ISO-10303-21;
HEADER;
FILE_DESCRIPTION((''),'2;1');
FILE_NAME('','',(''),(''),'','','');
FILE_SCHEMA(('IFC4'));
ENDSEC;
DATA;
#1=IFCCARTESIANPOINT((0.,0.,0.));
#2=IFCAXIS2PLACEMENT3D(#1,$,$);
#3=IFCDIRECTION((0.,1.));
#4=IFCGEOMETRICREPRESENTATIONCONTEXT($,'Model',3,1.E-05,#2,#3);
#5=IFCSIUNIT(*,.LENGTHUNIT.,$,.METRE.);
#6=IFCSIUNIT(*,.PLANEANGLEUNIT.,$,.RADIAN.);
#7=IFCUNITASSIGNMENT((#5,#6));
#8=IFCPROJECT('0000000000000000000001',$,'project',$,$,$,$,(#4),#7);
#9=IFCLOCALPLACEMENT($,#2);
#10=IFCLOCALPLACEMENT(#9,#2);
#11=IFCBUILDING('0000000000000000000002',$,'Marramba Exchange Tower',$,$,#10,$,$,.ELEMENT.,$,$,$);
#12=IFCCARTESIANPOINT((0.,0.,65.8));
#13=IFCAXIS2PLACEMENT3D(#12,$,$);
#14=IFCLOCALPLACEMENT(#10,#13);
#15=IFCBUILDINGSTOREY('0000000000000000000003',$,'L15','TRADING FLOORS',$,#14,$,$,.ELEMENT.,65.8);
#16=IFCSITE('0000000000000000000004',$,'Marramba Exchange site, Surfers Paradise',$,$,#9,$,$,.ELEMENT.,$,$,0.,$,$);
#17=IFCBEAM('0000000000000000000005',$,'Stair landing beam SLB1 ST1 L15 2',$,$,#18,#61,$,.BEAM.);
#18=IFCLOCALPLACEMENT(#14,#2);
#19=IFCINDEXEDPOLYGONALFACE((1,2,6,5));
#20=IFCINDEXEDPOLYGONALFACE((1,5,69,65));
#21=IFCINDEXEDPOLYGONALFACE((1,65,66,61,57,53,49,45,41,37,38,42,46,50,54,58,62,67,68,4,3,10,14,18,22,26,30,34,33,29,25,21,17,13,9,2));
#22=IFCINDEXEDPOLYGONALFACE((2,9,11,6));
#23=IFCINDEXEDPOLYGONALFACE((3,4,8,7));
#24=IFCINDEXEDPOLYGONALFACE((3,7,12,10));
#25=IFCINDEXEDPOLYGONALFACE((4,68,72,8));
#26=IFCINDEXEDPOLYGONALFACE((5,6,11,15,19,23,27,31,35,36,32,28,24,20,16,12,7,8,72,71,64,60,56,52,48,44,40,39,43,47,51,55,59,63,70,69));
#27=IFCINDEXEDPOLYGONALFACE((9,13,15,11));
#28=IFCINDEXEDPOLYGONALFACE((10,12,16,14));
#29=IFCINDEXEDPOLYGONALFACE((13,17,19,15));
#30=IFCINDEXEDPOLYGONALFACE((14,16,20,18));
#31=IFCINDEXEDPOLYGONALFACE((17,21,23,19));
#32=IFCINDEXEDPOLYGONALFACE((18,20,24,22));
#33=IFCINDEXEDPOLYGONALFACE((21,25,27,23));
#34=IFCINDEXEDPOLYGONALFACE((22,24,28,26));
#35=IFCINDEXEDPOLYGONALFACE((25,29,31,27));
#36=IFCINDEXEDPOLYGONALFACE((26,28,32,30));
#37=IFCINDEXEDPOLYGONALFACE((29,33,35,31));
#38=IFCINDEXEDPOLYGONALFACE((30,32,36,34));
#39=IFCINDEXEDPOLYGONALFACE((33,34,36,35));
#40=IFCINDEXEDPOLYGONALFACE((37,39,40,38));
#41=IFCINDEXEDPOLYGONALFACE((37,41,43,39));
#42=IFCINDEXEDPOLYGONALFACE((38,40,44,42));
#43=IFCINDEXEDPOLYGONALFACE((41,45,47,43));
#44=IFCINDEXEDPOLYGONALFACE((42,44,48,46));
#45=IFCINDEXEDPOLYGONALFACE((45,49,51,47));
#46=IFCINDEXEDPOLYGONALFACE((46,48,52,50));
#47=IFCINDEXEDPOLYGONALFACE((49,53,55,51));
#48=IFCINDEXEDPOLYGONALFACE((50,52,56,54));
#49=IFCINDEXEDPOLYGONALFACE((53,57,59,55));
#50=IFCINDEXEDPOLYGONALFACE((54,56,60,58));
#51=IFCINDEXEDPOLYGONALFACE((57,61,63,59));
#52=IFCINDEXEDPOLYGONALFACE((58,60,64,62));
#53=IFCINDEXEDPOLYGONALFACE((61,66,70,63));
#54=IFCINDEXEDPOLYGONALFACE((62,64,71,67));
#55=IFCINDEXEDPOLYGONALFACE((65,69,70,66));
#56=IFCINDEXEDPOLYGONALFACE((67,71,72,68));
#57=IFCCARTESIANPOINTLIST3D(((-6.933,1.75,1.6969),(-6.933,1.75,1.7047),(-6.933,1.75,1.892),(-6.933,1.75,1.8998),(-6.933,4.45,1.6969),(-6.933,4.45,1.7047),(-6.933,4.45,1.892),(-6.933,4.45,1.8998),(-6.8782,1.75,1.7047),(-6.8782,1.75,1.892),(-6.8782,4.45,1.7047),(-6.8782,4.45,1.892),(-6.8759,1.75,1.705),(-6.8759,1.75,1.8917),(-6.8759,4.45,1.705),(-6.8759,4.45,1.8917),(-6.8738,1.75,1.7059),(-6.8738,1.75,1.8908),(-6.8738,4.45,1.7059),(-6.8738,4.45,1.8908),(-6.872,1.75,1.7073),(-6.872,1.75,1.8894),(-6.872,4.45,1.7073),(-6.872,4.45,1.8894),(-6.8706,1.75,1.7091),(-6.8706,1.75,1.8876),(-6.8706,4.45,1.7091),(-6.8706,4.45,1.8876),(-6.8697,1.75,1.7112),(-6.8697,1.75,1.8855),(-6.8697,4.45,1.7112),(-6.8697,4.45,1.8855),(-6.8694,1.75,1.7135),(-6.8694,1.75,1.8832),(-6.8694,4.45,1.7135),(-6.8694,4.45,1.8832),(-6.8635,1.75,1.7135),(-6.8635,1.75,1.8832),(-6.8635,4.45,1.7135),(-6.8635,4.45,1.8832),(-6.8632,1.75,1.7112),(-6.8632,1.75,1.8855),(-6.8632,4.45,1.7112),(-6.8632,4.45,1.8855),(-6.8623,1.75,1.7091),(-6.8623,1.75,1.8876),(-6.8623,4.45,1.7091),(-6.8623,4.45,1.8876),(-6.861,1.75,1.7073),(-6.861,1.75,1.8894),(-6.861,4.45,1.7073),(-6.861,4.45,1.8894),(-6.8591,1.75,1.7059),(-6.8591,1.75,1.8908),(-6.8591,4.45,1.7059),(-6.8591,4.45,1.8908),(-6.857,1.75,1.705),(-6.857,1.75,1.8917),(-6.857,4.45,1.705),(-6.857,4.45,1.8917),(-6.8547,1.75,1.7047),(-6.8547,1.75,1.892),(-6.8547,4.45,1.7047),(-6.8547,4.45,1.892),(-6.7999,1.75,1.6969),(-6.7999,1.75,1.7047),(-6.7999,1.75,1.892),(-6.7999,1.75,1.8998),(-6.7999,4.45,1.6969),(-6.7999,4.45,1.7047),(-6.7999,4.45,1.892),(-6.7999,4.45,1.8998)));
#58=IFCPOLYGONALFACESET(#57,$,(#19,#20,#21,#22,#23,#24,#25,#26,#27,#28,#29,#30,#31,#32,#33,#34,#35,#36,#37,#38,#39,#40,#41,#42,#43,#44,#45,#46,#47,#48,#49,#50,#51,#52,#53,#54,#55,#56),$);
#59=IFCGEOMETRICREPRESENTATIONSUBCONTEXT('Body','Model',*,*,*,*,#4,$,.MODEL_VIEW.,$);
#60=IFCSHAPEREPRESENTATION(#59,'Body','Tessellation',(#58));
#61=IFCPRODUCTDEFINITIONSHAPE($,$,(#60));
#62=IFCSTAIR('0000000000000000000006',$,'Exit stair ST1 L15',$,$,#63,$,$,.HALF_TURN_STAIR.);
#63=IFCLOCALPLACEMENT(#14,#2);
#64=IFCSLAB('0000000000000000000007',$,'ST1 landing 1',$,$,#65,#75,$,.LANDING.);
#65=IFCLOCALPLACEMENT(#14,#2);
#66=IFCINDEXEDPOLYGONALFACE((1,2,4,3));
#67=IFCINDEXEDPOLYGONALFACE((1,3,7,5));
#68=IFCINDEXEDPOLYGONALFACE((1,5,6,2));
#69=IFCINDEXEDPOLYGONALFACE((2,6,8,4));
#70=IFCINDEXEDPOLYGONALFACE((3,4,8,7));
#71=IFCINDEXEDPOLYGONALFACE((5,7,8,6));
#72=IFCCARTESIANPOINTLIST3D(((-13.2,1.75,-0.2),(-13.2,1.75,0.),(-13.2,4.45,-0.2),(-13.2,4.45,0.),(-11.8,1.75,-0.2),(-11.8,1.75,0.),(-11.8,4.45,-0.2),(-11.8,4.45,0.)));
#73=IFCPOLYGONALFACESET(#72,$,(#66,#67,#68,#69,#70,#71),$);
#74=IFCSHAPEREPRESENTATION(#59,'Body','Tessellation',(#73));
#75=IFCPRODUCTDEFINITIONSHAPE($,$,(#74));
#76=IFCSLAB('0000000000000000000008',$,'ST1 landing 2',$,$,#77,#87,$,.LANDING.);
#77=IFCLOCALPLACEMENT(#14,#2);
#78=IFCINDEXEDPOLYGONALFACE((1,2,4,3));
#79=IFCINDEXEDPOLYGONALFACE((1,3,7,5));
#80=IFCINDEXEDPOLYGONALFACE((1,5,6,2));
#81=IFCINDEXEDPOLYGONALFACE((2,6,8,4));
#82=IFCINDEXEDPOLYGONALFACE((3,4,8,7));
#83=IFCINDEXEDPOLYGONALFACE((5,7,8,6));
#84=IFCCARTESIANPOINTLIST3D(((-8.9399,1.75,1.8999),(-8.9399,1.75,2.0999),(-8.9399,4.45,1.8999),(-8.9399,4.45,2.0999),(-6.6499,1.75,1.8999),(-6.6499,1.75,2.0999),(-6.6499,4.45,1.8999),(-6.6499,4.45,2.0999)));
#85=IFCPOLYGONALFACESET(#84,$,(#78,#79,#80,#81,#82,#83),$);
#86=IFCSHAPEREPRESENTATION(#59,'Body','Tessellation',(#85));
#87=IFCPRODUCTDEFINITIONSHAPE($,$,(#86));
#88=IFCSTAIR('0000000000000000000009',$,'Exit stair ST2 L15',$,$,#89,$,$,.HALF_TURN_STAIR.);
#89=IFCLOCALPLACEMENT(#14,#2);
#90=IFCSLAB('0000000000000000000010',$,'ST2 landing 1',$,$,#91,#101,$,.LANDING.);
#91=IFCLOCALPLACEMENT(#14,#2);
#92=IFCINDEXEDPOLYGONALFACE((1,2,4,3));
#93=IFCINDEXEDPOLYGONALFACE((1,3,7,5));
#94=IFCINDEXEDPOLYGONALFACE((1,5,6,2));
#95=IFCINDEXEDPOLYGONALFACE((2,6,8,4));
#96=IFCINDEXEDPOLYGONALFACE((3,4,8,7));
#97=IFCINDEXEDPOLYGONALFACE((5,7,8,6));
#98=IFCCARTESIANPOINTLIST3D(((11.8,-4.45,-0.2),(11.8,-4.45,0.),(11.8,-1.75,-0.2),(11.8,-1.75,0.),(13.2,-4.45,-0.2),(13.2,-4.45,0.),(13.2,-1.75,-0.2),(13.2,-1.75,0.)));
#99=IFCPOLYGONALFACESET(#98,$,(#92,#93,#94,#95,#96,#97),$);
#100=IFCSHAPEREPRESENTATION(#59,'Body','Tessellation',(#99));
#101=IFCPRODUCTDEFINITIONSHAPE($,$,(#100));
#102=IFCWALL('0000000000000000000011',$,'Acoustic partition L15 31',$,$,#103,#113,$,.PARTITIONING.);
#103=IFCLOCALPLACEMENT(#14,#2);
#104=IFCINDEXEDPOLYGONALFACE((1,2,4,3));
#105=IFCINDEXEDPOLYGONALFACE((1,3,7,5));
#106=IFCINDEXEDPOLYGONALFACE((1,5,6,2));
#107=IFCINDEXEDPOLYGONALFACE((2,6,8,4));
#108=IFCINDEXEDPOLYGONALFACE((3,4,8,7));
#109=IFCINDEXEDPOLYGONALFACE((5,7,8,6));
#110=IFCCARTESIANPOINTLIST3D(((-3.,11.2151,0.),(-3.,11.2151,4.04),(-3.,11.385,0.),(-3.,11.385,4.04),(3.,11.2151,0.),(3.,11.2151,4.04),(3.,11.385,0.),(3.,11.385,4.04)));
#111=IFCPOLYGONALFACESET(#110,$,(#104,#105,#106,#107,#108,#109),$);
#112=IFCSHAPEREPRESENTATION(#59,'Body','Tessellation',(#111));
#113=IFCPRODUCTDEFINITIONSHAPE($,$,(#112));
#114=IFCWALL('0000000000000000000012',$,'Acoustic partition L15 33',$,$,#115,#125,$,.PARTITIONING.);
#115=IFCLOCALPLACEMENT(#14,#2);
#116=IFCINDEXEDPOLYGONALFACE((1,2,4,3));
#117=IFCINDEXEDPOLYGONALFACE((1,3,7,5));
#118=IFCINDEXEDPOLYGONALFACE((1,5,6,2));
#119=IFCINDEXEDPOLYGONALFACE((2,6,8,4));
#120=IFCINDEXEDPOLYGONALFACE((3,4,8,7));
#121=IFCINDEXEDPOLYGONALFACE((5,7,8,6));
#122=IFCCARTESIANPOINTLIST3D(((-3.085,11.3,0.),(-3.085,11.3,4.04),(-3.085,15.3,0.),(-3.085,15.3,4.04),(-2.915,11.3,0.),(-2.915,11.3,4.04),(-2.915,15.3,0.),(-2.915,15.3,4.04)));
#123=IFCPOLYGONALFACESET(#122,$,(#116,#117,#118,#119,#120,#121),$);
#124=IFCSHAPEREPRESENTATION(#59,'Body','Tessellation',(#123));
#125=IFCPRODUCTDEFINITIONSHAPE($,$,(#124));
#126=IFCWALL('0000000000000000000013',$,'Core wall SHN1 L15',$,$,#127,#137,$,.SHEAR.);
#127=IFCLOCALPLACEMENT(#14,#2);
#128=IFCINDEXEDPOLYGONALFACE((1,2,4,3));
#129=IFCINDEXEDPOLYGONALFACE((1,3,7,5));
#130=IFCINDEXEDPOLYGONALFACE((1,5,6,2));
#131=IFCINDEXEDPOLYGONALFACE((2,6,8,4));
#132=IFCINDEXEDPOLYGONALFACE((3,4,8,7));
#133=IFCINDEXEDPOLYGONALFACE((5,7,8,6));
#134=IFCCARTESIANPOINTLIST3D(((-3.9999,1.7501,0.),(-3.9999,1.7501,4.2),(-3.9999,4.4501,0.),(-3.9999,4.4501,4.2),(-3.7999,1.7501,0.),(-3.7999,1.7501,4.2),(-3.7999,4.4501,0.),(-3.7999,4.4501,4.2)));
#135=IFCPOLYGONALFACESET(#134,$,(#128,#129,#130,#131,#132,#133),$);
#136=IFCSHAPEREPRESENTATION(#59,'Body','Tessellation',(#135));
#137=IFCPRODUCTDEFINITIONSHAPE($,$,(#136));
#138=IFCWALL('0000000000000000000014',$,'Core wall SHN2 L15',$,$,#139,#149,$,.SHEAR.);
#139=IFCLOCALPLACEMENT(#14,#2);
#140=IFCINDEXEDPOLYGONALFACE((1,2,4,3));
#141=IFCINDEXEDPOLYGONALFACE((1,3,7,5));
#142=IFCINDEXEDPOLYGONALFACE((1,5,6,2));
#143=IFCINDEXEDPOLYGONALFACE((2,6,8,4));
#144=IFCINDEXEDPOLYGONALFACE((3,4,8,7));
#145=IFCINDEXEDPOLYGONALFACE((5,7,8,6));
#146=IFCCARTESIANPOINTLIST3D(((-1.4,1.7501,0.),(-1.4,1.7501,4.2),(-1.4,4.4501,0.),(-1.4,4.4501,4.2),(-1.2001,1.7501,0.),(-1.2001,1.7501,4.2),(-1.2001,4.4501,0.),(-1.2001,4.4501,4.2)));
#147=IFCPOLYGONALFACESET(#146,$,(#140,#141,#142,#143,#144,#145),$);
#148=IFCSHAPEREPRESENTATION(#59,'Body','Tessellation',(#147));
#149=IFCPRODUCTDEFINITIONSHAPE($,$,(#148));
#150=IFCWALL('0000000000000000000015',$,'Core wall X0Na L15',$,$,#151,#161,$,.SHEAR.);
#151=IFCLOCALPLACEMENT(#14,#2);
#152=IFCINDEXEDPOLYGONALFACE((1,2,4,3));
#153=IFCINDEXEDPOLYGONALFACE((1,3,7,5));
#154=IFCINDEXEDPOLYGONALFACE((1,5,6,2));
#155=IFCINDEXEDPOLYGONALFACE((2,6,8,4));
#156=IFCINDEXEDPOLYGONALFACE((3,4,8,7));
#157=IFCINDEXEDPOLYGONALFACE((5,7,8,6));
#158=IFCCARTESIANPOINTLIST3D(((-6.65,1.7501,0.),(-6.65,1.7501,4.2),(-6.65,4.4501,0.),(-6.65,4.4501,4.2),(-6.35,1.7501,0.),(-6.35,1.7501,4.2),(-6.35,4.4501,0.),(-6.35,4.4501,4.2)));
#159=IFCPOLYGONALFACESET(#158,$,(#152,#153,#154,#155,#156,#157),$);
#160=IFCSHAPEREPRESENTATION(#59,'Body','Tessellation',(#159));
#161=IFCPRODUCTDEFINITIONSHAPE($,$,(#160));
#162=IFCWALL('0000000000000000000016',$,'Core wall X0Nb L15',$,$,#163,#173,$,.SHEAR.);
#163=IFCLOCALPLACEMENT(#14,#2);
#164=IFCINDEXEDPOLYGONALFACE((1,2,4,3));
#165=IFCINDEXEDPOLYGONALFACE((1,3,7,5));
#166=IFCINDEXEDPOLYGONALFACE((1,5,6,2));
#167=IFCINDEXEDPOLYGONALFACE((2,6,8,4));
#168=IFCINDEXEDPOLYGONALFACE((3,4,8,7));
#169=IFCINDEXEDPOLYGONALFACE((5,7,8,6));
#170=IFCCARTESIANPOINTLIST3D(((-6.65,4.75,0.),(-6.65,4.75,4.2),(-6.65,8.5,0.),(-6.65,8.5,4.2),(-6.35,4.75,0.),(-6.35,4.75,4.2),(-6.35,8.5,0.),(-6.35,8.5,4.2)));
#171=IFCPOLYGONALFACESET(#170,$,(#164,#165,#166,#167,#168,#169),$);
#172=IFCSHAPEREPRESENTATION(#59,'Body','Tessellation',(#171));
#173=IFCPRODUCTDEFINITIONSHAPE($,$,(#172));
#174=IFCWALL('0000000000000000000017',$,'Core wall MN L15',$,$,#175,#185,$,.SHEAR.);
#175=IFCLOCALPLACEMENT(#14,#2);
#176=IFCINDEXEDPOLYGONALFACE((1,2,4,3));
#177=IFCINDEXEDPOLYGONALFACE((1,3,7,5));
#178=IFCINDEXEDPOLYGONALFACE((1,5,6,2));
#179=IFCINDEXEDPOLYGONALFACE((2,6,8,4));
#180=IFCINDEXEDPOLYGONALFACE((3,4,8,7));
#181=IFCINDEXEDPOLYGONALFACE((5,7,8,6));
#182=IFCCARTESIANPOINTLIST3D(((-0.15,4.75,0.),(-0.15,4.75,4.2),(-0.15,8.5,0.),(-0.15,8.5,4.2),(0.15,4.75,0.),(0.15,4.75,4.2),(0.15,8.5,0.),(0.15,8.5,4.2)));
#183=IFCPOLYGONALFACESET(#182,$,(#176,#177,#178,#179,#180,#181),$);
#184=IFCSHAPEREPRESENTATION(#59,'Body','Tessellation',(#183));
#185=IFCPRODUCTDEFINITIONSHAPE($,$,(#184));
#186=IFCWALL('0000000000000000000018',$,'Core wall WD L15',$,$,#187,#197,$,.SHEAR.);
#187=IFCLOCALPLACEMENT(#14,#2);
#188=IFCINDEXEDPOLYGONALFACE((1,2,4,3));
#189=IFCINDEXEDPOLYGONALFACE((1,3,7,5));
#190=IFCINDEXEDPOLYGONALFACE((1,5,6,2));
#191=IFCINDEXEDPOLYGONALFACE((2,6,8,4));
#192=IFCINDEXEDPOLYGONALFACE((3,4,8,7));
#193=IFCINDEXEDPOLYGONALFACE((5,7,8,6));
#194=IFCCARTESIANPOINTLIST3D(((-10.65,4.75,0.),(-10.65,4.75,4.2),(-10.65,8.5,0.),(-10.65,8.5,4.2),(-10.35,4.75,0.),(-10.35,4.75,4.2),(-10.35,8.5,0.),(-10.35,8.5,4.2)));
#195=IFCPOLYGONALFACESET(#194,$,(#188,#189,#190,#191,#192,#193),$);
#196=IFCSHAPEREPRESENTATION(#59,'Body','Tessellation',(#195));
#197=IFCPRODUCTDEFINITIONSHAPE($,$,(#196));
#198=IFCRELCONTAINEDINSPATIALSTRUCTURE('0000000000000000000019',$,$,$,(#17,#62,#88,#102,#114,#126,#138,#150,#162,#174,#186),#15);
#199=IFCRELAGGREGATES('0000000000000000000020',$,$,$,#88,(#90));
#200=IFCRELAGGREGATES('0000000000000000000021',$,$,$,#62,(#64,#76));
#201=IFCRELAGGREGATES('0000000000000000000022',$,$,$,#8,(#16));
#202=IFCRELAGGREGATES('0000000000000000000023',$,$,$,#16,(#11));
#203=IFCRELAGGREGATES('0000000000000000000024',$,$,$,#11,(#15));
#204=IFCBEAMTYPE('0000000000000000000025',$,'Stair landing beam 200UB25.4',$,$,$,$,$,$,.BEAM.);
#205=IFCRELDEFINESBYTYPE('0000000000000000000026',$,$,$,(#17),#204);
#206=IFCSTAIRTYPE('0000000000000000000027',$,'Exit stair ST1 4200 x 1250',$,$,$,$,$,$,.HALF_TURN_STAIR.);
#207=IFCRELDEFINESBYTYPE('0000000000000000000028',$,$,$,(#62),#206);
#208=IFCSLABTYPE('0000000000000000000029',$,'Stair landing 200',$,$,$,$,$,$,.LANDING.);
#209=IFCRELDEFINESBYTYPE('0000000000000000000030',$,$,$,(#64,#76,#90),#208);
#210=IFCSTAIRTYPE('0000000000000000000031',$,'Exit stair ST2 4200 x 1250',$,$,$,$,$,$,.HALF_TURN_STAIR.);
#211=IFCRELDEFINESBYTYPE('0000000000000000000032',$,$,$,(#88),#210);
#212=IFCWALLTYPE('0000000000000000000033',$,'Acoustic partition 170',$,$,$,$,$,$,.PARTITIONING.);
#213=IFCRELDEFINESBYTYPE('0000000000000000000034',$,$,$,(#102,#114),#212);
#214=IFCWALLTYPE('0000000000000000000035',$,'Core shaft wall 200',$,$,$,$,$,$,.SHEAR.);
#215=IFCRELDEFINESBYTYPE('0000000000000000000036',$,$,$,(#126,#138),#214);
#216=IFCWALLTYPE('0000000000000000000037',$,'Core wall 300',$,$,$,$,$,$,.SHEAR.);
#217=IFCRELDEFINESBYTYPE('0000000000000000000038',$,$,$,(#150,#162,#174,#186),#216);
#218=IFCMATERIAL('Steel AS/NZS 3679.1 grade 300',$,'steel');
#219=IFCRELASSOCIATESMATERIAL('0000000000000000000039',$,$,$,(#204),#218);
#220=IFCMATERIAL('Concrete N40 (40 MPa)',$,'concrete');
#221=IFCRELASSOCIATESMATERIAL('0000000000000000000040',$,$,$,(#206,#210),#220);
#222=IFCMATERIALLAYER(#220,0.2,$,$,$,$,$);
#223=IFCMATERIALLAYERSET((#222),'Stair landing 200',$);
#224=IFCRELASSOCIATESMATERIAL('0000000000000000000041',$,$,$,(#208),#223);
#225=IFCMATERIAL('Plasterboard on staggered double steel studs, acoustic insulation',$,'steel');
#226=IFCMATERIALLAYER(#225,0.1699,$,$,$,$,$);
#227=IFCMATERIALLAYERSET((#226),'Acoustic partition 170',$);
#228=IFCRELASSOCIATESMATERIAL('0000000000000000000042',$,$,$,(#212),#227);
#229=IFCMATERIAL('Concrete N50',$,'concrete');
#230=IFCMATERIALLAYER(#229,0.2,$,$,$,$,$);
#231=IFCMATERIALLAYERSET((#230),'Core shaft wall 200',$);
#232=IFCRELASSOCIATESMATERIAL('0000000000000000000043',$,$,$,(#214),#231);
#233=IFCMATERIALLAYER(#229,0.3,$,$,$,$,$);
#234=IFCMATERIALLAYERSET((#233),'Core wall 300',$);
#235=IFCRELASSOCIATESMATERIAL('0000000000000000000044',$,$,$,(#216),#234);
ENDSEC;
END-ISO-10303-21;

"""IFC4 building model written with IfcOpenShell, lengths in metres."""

from ifc_helpers import new_model, si_unit, direction, frame, frame_2d, origin, origin_2d, place, context, subcontext, project, spatial, polyline, rectangle, i_section, outline, extrude, material, layer, layer_set, material_profile, profile_set, type_object, element, aggregate, save


model = new_model("IFC4")

# Units and contexts
model_context = context("Model", 3, precision=1e-05, world=origin(), true_north=direction((0.0, 1.0)))
body_context = subcontext(model_context, "Body", "Model", "MODEL_VIEW")
ifc_project = project(units=[si_unit("LENGTHUNIT", "METRE"), si_unit("PLANEANGLEUNIT", "RADIAN")], contexts=[model_context])

# Site, building, storey
site_placement = place(None, origin())
site = spatial("IfcSite", under=ifc_project, at=site_placement, Name="Marramba Exchange site, Surfers Paradise", CompositionType="ELEMENT", RefElevation=0.0)
building_placement = place(site_placement, origin())
building = spatial("IfcBuilding", under=site, at=building_placement, Name="Marramba Exchange Tower", CompositionType="ELEMENT")
storey_placement = place(building_placement, frame((0.0, 0.0, 65.8)))
storey = spatial("IfcBuildingStorey", under=building, at=storey_placement, Name="L15", Description="TRADING FLOORS", CompositionType="ELEMENT", Elevation=65.8)

# Beam
ifc_material_1 = material(Name="Steel AS/NZS 3679.1 grade 300", Category="steel")
ifc_material_profile_1 = material_profile(ifc_material_1, i_section(OverallWidth=0.1331, OverallDepth=0.2029, WebThickness=0.0059, FlangeThickness=0.0078, FilletRadius=0.0088, at=origin_2d()), Name="200UB25.4")
ifc_profile_set_1 = profile_set([ifc_material_profile_1], Name="Steel AS/NZS 3679.1 grade 300")
beam_type_1 = type_object("IfcBeamType", Name="Stair landing beam 200UB25.4", PredefinedType="BEAM", material=ifc_profile_set_1)
for number, where, z_axis, x_axis, name in (
    (1, (-6.8665, 1.75, 1.7983), (0.0, 1.0, 0.0), (-1.0, 0.0, 0.0), "Stair landing beam SLB1 ST1 L15 2"),
):
    element("IfcBeam", number, at=place(storey_placement, frame(where, z_axis=z_axis, x_axis=x_axis)), inside=storey, type_object=beam_type_1, Name=name, PredefinedType="BEAM", context=body_context, shape_type="SweptSolid", body=[
        extrude(i_section(OverallWidth=0.1331, OverallDepth=0.2029, WebThickness=0.0059, FlangeThickness=0.0078, FilletRadius=0.0088, at=origin_2d()), origin(), (0.0, 0.0, 1.0), 2.7),
    ])

# Stair, slabs
ifc_material_2 = material(Name="Concrete N40 (40 MPa)", Category="concrete")
stair_type_1 = type_object("IfcStairType", Name="Exit stair ST1 4200 x 1250", PredefinedType="HALF_TURN_STAIR", material=ifc_material_2)
stair_1_placement = place(storey_placement, origin())
stair_1 = element("IfcStair", 2, at=stair_1_placement, inside=storey, type_object=stair_type_1, Name="Exit stair ST1 L15", PredefinedType="HALF_TURN_STAIR")
ifc_layer_1 = layer(ifc_material_2, 0.2)
ifc_layer_set_1 = layer_set([ifc_layer_1], Name="Stair landing 200")
slab_type = type_object("IfcSlabType", Name="Stair landing 200", PredefinedType="LANDING", material=ifc_layer_set_1)
slab_1_placement = place(storey_placement, frame((0.0, 0.0, -0.2)))
slab_1 = element("IfcSlab", 3, at=slab_1_placement, type_object=slab_type, Name="ST1 landing 1", PredefinedType="LANDING", context=body_context, shape_type="SweptSolid", body=[
    extrude(outline(polyline([(-13.2, 1.75), (-11.8, 1.75), (-11.8, 4.45), (-13.2, 4.45), (-13.2, 1.75)])), origin(), (0.0, 0.0, 1.0), 0.2),
])
slab_2_placement = place(storey_placement, frame((0.0, 0.0, 1.8999)))
slab_2 = element("IfcSlab", 4, at=slab_2_placement, type_object=slab_type, Name="ST1 landing 2", PredefinedType="LANDING", context=body_context, shape_type="SweptSolid", body=[
    extrude(outline(polyline([(-8.9399, 1.75), (-6.6499, 1.75), (-6.6499, 4.45), (-8.9399, 4.45), (-8.9399, 1.75)])), origin(), (0.0, 0.0, 1.0), 0.2),
])

# Stair, slab
stair_type_2 = type_object("IfcStairType", Name="Exit stair ST2 4200 x 1250", PredefinedType="HALF_TURN_STAIR", material=ifc_material_2)
stair_2_placement = place(storey_placement, origin())
stair_2 = element("IfcStair", 5, at=stair_2_placement, inside=storey, type_object=stair_type_2, Name="Exit stair ST2 L15", PredefinedType="HALF_TURN_STAIR")
slab_3_placement = place(storey_placement, frame((0.0, 0.0, -0.2)))
slab_3 = element("IfcSlab", 6, at=slab_3_placement, type_object=slab_type, Name="ST2 landing 1", PredefinedType="LANDING", context=body_context, shape_type="SweptSolid", body=[
    extrude(outline(polyline([(11.8, -4.45), (13.2, -4.45), (13.2, -1.75), (11.8, -1.75), (11.8, -4.45)])), origin(), (0.0, 0.0, 1.0), 0.2),
])
aggregate(stair_2, [slab_3])

# Walls
ifc_material_3 = material(Name="Plasterboard on staggered double steel studs, acoustic insulation", Category="steel")
ifc_layer_2 = layer(ifc_material_3, 0.1699)
ifc_layer_set_2 = layer_set([ifc_layer_2], Name="Acoustic partition 170")
wall_type_1 = type_object("IfcWallType", Name="Acoustic partition 170", PredefinedType="PARTITIONING", material=ifc_layer_set_2)
wall_1_placement = place(storey_placement, frame((-3.0, 11.3, 0.0), z_axis=(0.0, 0.0, 1.0), x_axis=(1.0, 0.0, 0.0)))
element("IfcWall", 7, at=wall_1_placement, inside=storey, type_object=wall_type_1, Name="Acoustic partition L15 31", PredefinedType="PARTITIONING", context=body_context, shape_type="SweptSolid", body=[
    extrude(rectangle(XDim=6.0, YDim=0.1699, at=frame_2d((3.0, 0.0))), origin(), (0.0, 0.0, 1.0), 4.04),
])
wall_2_placement = place(storey_placement, frame((-3.0, 15.3, 0.0), z_axis=(0.0, 0.0, 1.0), x_axis=(0.0, -1.0, 0.0)))
element("IfcWall", 8, at=wall_2_placement, inside=storey, type_object=wall_type_1, Name="Acoustic partition L15 33", PredefinedType="PARTITIONING", context=body_context, shape_type="SweptSolid", body=[
    extrude(rectangle(XDim=4.0, YDim=0.1699, at=frame_2d((2.0, 0.0))), origin(), (0.0, 0.0, 1.0), 4.04),
])
ifc_material_4 = material(Name="Concrete N50", Category="concrete")
ifc_layer_3 = layer(ifc_material_4, 0.2)
ifc_layer_set_3 = layer_set([ifc_layer_3], Name="Core shaft wall 200")
wall_type_2 = type_object("IfcWallType", Name="Core shaft wall 200", PredefinedType="SHEAR", material=ifc_layer_set_3)
for number, where, z_axis, x_axis, name in (
    (9, (-3.8999, 1.75, 0.0), (0.0, 0.0, 1.0), (0.0, 1.0, 0.0), "Core wall SHN1 L15"),
    (10, (-1.3, 1.75, 0.0), (0.0, 0.0, 1.0), (0.0, 1.0, 0.0), "Core wall SHN2 L15"),
):
    element("IfcWall", number, at=place(storey_placement, frame(where, z_axis=z_axis, x_axis=x_axis)), inside=storey, type_object=wall_type_2, Name=name, PredefinedType="SHEAR", context=body_context, shape_type="SweptSolid", body=[
        extrude(rectangle(XDim=2.7, YDim=0.2, at=frame_2d((1.3501, 0.0))), origin(), (0.0, 0.0, 1.0), 4.2),
    ])
ifc_layer_4 = layer(ifc_material_4, 0.3)
ifc_layer_set_4 = layer_set([ifc_layer_4], Name="Core wall 300")
wall_type_3 = type_object("IfcWallType", Name="Core wall 300", PredefinedType="SHEAR", material=ifc_layer_set_4)
wall_3_placement = place(storey_placement, frame((-6.5, 1.75, 0.0), z_axis=(0.0, 0.0, 1.0), x_axis=(0.0, 1.0, 0.0)))
element("IfcWall", 11, at=wall_3_placement, inside=storey, type_object=wall_type_3, Name="Core wall X0Na L15", PredefinedType="SHEAR", context=body_context, shape_type="SweptSolid", body=[
    extrude(rectangle(XDim=2.7, YDim=0.3, at=frame_2d((1.3501, 0.0))), origin(), (0.0, 0.0, 1.0), 4.2),
])
for number, where, z_axis, x_axis, name in (
    (12, (-6.5, 4.75, 0.0), (0.0, 0.0, 1.0), (0.0, 1.0, 0.0), "Core wall X0Nb L15"),
    (13, (0.0, 4.75, 0.0), (0.0, 0.0, 1.0), (0.0, 1.0, 0.0), "Core wall MN L15"),
    (14, (-10.5, 4.75, 0.0), (0.0, 0.0, 1.0), (0.0, 1.0, 0.0), "Core wall WD L15"),
):
    element("IfcWall", number, at=place(storey_placement, frame(where, z_axis=z_axis, x_axis=x_axis)), inside=storey, type_object=wall_type_3, Name=name, PredefinedType="SHEAR", context=body_context, shape_type="SweptSolid", body=[
        extrude(rectangle(XDim=3.75, YDim=0.3, at=frame_2d((1.875, 0.0))), origin(), (0.0, 0.0, 1.0), 4.2),
    ])

aggregate(stair_1, [slab_1, slab_2])

save(model, "model.ifc")
